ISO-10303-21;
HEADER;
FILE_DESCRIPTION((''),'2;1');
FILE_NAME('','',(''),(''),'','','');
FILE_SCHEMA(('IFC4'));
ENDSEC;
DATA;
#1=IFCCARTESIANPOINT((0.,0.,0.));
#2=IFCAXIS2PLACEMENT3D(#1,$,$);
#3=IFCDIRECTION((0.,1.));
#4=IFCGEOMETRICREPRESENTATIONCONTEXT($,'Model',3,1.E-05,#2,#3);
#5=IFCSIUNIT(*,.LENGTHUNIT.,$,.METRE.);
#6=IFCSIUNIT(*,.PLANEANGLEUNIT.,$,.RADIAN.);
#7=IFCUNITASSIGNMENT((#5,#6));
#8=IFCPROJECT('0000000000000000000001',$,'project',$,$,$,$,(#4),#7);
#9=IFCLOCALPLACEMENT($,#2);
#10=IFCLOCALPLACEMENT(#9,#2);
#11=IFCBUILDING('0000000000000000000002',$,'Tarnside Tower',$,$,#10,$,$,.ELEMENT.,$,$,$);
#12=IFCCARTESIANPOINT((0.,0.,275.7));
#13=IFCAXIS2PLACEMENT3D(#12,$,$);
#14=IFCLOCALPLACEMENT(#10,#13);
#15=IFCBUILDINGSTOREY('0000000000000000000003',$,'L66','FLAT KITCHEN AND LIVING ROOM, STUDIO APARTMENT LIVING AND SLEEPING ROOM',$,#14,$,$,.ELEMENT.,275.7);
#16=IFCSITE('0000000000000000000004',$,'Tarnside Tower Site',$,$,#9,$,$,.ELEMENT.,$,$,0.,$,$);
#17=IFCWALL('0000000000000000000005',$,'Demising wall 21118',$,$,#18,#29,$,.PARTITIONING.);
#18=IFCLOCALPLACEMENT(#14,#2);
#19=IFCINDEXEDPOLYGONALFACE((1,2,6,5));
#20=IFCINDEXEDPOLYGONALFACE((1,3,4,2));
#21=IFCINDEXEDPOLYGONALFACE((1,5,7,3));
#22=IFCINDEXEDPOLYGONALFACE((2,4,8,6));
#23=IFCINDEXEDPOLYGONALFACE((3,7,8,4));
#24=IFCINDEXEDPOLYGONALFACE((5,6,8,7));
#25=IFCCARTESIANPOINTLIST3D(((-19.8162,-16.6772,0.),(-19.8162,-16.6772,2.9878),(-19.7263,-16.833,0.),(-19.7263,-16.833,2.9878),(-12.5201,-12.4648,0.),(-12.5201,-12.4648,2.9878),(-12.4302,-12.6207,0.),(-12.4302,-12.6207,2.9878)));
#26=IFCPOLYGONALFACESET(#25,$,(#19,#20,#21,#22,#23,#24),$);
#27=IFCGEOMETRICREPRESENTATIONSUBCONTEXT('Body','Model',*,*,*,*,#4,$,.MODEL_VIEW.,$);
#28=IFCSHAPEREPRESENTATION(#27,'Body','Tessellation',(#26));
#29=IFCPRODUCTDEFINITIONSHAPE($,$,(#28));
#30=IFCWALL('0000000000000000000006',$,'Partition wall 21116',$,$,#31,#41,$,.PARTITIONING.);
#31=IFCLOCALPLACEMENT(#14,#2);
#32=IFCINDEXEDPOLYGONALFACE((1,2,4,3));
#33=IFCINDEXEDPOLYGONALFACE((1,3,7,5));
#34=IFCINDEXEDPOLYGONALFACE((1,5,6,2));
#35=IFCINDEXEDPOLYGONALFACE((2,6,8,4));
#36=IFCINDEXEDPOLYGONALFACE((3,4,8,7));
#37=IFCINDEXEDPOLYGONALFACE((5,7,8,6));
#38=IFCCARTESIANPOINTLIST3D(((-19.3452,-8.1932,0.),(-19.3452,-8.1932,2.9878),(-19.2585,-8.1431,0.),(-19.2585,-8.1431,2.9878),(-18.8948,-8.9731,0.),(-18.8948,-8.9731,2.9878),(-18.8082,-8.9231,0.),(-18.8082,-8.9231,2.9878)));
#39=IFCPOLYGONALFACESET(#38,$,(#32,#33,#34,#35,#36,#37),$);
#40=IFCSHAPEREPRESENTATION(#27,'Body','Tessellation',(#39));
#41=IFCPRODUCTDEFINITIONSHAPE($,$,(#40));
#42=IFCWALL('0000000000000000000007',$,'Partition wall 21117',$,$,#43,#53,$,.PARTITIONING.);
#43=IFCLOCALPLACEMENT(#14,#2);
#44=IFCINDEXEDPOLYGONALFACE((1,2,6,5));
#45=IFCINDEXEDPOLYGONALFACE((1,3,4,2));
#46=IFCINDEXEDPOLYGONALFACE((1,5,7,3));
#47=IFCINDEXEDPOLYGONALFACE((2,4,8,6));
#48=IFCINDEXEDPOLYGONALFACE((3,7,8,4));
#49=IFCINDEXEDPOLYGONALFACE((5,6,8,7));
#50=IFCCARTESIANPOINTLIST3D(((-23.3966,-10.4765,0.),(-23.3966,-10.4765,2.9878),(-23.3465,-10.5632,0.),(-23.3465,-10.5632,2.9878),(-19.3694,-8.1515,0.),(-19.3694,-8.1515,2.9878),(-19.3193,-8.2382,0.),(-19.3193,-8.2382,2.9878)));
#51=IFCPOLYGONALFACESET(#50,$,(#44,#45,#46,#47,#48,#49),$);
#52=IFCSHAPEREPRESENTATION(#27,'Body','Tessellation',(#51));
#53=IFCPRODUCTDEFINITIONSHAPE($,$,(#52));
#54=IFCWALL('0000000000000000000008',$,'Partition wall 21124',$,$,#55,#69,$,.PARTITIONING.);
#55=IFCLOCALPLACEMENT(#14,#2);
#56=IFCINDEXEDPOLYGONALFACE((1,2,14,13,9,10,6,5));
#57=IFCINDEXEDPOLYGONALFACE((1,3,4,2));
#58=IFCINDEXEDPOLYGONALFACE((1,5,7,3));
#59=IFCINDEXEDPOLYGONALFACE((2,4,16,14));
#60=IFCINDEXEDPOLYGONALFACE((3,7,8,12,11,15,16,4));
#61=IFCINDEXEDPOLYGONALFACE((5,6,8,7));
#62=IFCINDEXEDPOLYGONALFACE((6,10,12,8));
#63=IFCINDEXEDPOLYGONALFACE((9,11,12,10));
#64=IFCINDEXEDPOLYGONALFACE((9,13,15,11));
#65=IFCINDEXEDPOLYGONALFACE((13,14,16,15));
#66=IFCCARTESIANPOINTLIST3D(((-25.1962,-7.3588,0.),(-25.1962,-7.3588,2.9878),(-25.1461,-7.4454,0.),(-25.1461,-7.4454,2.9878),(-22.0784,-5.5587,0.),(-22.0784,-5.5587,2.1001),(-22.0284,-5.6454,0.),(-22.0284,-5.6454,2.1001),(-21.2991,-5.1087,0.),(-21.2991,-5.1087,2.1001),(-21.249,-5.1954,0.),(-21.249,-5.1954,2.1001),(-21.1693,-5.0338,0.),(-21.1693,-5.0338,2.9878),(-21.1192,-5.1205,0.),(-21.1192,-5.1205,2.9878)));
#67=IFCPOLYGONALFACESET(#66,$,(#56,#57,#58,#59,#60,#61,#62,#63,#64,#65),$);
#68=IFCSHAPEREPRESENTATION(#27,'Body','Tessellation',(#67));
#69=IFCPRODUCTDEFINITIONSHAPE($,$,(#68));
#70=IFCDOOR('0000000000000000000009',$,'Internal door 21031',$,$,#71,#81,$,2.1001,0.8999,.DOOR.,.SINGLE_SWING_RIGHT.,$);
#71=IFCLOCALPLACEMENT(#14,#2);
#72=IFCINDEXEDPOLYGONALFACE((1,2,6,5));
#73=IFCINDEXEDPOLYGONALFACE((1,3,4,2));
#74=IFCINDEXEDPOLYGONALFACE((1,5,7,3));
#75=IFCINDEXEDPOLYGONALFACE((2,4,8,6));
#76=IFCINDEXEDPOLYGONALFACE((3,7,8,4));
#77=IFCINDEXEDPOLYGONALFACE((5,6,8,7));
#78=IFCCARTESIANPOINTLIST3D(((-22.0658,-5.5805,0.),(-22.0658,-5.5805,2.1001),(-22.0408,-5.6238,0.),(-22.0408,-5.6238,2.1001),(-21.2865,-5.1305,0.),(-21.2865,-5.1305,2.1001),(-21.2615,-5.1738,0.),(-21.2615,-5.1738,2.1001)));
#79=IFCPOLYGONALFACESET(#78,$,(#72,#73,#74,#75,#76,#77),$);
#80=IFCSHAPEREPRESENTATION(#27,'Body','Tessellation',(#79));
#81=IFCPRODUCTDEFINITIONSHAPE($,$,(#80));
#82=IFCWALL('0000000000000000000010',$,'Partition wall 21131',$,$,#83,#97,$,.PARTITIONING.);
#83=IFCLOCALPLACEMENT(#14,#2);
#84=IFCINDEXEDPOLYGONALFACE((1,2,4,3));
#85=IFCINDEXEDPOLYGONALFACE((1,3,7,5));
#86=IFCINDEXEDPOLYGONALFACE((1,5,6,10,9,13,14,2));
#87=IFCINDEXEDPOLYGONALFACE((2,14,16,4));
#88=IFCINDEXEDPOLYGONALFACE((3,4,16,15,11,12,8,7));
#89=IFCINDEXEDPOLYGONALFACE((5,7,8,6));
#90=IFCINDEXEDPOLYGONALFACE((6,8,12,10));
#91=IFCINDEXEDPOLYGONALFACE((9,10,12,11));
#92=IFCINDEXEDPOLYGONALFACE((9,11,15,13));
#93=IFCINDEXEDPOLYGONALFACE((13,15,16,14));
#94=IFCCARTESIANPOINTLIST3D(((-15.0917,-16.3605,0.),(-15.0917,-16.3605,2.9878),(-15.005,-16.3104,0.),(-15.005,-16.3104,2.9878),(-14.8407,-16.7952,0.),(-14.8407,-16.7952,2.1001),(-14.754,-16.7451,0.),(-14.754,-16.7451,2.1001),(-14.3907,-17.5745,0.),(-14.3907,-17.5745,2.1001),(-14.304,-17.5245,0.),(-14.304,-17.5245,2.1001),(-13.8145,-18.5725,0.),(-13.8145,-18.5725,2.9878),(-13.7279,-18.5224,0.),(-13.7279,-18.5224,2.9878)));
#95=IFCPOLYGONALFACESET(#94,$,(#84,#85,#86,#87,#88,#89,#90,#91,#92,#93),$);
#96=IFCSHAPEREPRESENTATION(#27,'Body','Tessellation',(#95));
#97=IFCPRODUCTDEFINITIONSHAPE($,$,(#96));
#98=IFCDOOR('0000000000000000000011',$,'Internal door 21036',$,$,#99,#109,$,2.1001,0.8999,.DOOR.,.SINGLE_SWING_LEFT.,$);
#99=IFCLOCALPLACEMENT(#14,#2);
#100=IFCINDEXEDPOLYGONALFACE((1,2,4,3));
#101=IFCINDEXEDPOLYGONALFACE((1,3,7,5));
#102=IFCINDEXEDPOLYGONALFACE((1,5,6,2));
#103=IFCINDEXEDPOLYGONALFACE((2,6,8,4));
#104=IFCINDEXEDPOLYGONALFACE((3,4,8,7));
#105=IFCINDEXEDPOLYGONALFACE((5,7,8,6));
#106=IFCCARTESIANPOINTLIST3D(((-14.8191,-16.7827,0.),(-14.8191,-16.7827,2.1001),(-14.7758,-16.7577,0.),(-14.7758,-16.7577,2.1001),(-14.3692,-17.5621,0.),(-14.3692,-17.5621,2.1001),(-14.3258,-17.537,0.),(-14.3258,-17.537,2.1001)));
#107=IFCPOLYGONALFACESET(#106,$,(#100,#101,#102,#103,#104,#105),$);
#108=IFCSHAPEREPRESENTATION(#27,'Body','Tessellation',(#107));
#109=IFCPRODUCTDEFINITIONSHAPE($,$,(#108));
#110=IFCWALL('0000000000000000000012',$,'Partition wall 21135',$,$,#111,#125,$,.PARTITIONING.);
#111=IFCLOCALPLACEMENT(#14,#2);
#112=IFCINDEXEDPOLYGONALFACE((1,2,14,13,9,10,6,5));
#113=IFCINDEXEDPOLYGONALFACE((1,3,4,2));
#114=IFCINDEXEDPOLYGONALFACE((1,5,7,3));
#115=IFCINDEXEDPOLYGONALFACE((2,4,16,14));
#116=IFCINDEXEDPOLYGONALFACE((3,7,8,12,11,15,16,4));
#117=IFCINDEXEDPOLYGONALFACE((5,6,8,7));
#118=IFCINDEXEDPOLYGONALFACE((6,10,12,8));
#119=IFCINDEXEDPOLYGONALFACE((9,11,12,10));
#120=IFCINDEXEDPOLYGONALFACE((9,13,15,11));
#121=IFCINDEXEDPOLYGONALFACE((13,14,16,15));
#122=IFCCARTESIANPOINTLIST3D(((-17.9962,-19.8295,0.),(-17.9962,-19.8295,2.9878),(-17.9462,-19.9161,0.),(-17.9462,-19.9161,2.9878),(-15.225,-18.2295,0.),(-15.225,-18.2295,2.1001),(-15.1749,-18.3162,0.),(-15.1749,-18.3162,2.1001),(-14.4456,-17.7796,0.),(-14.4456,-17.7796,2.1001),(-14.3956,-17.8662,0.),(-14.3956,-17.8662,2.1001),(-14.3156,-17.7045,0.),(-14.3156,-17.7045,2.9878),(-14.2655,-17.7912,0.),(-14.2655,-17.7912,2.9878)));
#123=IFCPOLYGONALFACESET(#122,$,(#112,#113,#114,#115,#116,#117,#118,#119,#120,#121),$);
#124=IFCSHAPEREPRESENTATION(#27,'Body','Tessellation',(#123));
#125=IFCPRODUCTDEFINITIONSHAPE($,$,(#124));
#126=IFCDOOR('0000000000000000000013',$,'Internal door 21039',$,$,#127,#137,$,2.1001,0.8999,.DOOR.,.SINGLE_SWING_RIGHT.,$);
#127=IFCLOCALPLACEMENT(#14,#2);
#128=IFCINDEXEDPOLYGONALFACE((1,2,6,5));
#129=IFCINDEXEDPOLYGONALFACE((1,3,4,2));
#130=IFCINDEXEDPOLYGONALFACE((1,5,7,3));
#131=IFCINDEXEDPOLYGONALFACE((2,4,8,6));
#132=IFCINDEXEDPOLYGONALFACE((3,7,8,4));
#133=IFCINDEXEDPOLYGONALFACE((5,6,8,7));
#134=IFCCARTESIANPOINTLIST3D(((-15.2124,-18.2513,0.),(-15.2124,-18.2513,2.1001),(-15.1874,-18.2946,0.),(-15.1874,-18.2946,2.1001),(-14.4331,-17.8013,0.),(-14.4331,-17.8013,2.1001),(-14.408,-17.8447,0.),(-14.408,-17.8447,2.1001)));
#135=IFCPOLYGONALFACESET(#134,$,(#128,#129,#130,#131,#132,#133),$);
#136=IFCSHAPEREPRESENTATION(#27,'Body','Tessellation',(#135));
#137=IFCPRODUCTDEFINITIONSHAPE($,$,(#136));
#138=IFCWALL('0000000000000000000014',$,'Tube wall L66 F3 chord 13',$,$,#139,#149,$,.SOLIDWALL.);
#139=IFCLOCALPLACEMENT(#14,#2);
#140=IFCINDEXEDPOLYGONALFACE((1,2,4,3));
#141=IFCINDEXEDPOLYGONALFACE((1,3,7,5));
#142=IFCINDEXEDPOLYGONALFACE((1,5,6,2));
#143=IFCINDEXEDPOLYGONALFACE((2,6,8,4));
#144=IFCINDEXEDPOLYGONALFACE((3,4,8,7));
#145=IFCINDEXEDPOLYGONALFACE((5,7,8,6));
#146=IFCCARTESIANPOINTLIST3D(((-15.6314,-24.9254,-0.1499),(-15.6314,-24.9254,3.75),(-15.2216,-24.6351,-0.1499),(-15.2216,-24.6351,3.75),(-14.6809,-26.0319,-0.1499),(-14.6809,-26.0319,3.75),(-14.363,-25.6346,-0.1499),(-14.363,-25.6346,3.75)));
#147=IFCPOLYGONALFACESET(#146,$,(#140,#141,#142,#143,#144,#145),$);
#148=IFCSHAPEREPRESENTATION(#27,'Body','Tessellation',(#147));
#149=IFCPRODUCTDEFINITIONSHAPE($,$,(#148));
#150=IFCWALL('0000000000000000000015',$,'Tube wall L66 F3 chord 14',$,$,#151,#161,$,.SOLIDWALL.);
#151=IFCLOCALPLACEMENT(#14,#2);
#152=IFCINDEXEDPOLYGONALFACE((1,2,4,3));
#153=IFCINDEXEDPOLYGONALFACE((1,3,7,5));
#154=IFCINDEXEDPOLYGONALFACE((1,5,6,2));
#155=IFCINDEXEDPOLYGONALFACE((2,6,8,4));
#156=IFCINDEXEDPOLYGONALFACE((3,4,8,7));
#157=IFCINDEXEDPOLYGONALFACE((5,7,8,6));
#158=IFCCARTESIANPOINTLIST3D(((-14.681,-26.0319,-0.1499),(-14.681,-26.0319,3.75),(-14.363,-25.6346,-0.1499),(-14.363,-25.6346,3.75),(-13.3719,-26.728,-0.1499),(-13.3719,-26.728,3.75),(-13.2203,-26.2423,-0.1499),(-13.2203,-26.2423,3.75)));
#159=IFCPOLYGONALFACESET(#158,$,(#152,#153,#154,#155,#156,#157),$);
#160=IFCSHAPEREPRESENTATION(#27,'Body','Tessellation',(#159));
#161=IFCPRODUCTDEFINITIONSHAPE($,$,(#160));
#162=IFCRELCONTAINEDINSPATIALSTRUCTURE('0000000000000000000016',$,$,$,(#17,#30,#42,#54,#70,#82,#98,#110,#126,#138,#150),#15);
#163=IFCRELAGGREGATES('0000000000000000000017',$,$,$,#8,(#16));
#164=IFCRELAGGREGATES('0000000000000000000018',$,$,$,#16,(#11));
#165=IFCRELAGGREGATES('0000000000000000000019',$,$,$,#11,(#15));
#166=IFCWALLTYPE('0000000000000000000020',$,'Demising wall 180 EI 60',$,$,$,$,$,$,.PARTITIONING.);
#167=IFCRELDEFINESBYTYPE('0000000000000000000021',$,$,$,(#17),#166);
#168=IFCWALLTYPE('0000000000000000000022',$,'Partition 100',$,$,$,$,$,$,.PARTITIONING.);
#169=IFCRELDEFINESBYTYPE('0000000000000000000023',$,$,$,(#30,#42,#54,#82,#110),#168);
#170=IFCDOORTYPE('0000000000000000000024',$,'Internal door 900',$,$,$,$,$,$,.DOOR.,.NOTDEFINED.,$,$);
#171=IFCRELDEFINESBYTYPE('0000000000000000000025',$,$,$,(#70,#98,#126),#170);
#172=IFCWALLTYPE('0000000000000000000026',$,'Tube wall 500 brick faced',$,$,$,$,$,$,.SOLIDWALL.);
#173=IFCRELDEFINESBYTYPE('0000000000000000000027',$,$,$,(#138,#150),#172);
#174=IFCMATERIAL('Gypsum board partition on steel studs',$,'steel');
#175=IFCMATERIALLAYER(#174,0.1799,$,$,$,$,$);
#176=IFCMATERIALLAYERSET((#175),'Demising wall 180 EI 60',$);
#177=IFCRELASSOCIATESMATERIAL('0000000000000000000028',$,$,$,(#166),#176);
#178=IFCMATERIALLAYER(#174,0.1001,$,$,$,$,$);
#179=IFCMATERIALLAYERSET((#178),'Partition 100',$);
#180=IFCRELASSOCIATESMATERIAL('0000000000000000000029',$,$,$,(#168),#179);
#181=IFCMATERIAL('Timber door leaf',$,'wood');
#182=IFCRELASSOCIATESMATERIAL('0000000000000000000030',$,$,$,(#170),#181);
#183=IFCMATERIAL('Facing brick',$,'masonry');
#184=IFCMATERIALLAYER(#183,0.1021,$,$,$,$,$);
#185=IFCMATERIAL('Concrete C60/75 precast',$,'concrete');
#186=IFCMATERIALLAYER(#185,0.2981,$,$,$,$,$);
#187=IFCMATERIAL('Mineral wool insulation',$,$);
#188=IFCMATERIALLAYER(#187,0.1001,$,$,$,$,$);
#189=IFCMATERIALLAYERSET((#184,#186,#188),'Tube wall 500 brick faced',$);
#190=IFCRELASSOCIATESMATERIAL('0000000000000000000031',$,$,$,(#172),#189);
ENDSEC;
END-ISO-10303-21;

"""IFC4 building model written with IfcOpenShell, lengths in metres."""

from ifc_helpers import new_model, si_unit, direction, frame, frame_2d, origin, place, context, subcontext, project, spatial, polyline, rectangle, outline, extrude, material, layer, layer_set, type_object, element, fill, save


model = new_model("IFC4")

# Units and contexts
model_context = context("Model", 3, precision=1e-05, world=origin(), true_north=direction((0.0, 1.0)))
body_context = subcontext(model_context, "Body", "Model", "MODEL_VIEW")
ifc_project = project(units=[si_unit("LENGTHUNIT", "METRE"), si_unit("PLANEANGLEUNIT", "RADIAN")], contexts=[model_context])

# Site, building, storey
site_placement = place(None, origin())
site = spatial("IfcSite", under=ifc_project, at=site_placement, Name="Tarnside Tower Site", CompositionType="ELEMENT", RefElevation=0.0)
building_placement = place(site_placement, origin())
building = spatial("IfcBuilding", under=site, at=building_placement, Name="Tarnside Tower", CompositionType="ELEMENT")
storey_placement = place(building_placement, frame((0.0, 0.0, 275.7)))
storey = spatial("IfcBuildingStorey", under=building, at=storey_placement, Name="L66", Description="FLAT KITCHEN AND LIVING ROOM, STUDIO APARTMENT LIVING AND SLEEPING ROOM", CompositionType="ELEMENT", Elevation=275.7)

# Shared definitions
ifc_material_1 = material(Name="Gypsum board partition on steel studs", Category="steel")
ifc_material_2 = material(Name="Timber door leaf", Category="wood")

# Walls
ifc_layer_1 = layer(ifc_material_1, 0.1799)
ifc_layer_set_1 = layer_set([ifc_layer_1], Name="Demising wall 180 EI 60")
wall_type_1 = type_object("IfcWallType", Name="Demising wall 180 EI 60", PredefinedType="PARTITIONING", material=ifc_layer_set_1)
wall_1_placement = place(storey_placement, frame((-19.7712, -16.7551, 0.0), z_axis=(0.0, 0.0, 1.0), x_axis=(0.866027, 0.499998, 0.0)))
element("IfcWall", 1, at=wall_1_placement, inside=storey, type_object=wall_type_1, Name="Demising wall 21118", PredefinedType="PARTITIONING", context=body_context, shape_type="SweptSolid", body=[
    extrude(rectangle(XDim=8.4248, YDim=0.1799, at=frame_2d((4.2124, 0.0))), origin(), (0.0, 0.0, 1.0), 2.9878),
])
ifc_layer_2 = layer(ifc_material_1, 0.1001)
ifc_layer_set_2 = layer_set([ifc_layer_2], Name="Partition 100")
wall_type_2 = type_object("IfcWallType", Name="Partition 100", PredefinedType="PARTITIONING", material=ifc_layer_set_2)
wall_2_placement = place(storey_placement, frame((-18.8516, -8.948, 0.0), z_axis=(0.0, 0.0, 1.0), x_axis=(-0.500074, 0.865982, 0.0)))
element("IfcWall", 2, at=wall_2_placement, inside=storey, type_object=wall_type_2, Name="Partition wall 21116", PredefinedType="PARTITIONING", context=body_context, shape_type="SweptSolid", body=[
    extrude(rectangle(XDim=0.9006, YDim=0.1001, at=frame_2d((0.4502, 0.0))), origin(), (0.0, 0.0, 1.0), 2.9878),
])
wall_3_placement = place(storey_placement, frame((-19.3442, -8.1948, 0.0), z_axis=(0.0, 0.0, 1.0), x_axis=(-0.866034, -0.499985, 0.0)))
element("IfcWall", 3, at=wall_3_placement, inside=storey, type_object=wall_type_2, Name="Partition wall 21117", PredefinedType="PARTITIONING", context=body_context, shape_type="SweptSolid", body=[
    extrude(rectangle(XDim=4.6501, YDim=0.1001, at=frame_2d((2.3252, 0.0))), origin(), (0.0, 0.0, 1.0), 2.9878),
])

# Walls, openings, doors
wall_4_placement = place(storey_placement, frame((-25.1711, -7.4021, 0.0), z_axis=(0.0, 0.0, 1.0), x_axis=(0.866021, 0.500007, 0.0)))
wall_4 = element("IfcWall", 4, at=wall_4_placement, inside=storey, type_object=wall_type_2, Name="Partition wall 21124", PredefinedType="PARTITIONING", context=body_context, shape_type="SweptSolid", body=[
    extrude(rectangle(XDim=4.6499, YDim=0.1001, at=frame_2d((2.325, 0.0))), origin(), (0.0, 0.0, 1.0), 2.9878),
])
opening_1_placement = place(wall_4_placement, frame((3.6001, 0.0, 0.0)))
opening_1 = element("IfcOpeningElement", 5, at=opening_1_placement, cuts=wall_4, PredefinedType="OPENING", context=body_context, shape_type="SweptSolid", body=[
    extrude(rectangle(XDim=0.8999, YDim=2.1001, at=frame_2d((0.45, 1.05))), frame((0.0, 0.0601, 0.0), z_axis=(0.0, -1.0, 0.0), x_axis=(1.0, 0.0, 0.0)), (0.0, 0.0, 1.0), 0.1201),
])
door_type_1 = type_object("IfcDoorType", Name="Internal door 900", OperationType="NOTDEFINED", PredefinedType="DOOR", material=ifc_material_2)
door_1_placement = place(opening_1_placement, origin())
door_1 = element("IfcDoor", 6, at=door_1_placement, inside=storey, type_object=door_type_1, Name="Internal door 21031", OperationType="SINGLE_SWING_RIGHT", OverallHeight=2.1001, OverallWidth=0.8999, PredefinedType="DOOR", context=body_context, shape_type="SweptSolid", body=[
    extrude(rectangle(XDim=0.8999, YDim=2.1001, at=frame_2d((0.45, 1.05))), frame((0.0, 0.0249, 0.0), z_axis=(0.0, -1.0, 0.0), x_axis=(1.0, 0.0, 0.0)), (0.0, 0.0, 1.0), 0.05),
])
fill(opening_1, door_1)
wall_5_placement = place(storey_placement, frame((-15.0483, -16.3354, 0.0), z_axis=(0.0, 0.0, 1.0), x_axis=(0.500015, -0.866017, 0.0)))
wall_5 = element("IfcWall", 7, at=wall_5_placement, inside=storey, type_object=wall_type_2, Name="Partition wall 21131", PredefinedType="PARTITIONING", context=body_context, shape_type="SweptSolid", body=[
    extrude(rectangle(XDim=2.5542, YDim=0.1001, at=frame_2d((1.2771, 0.0))), origin(), (0.0, 0.0, 1.0), 2.9878),
])
opening_2_placement = place(wall_5_placement, frame((0.502, 0.0, 0.0)))
opening_2 = element("IfcOpeningElement", 8, at=opening_2_placement, cuts=wall_5, PredefinedType="OPENING", context=body_context, shape_type="SweptSolid", body=[
    extrude(rectangle(XDim=0.8999, YDim=2.1001, at=frame_2d((0.45, 1.05))), frame((0.0, 0.0601, 0.0), z_axis=(0.0, -1.0, 0.0), x_axis=(1.0, 0.0, 0.0)), (0.0, 0.0, 1.0), 0.1201),
])
door_2_placement = place(opening_2_placement, origin())
door_2 = element("IfcDoor", 9, at=door_2_placement, inside=storey, type_object=door_type_1, Name="Internal door 21036", OperationType="SINGLE_SWING_LEFT", OverallHeight=2.1001, OverallWidth=0.8999, PredefinedType="DOOR", context=body_context, shape_type="SweptSolid", body=[
    extrude(rectangle(XDim=0.8999, YDim=2.1001, at=frame_2d((0.45, 1.05))), frame((0.0, 0.0249, 0.0), z_axis=(0.0, -1.0, 0.0), x_axis=(1.0, 0.0, 0.0)), (0.0, 0.0, 1.0), 0.05),
])
fill(opening_2, door_2)
wall_6_placement = place(storey_placement, frame((-17.9712, -19.8728, 0.0), z_axis=(0.0, 0.0, 1.0), x_axis=(0.866029, 0.499994, 0.0)))
wall_6 = element("IfcWall", 10, at=wall_6_placement, inside=storey, type_object=wall_type_2, Name="Partition wall 21135", PredefinedType="PARTITIONING", context=body_context, shape_type="SweptSolid", body=[
    extrude(rectangle(XDim=4.25, YDim=0.1001, at=frame_2d((2.125, 0.0))), origin(), (0.0, 0.0, 1.0), 2.9878),
])
opening_3_placement = place(wall_6_placement, frame((3.2, 0.0, 0.0)))
opening_3 = element("IfcOpeningElement", 11, at=opening_3_placement, cuts=wall_6, PredefinedType="OPENING", context=body_context, shape_type="SweptSolid", body=[
    extrude(rectangle(XDim=0.8999, YDim=2.1001, at=frame_2d((0.45, 1.05))), frame((0.0, 0.0601, 0.0), z_axis=(0.0, -1.0, 0.0), x_axis=(1.0, 0.0, 0.0)), (0.0, 0.0, 1.0), 0.1201),
])
door_3_placement = place(opening_3_placement, origin())
door_3 = element("IfcDoor", 12, at=door_3_placement, inside=storey, type_object=door_type_1, Name="Internal door 21039", OperationType="SINGLE_SWING_RIGHT", OverallHeight=2.1001, OverallWidth=0.8999, PredefinedType="DOOR", context=body_context, shape_type="SweptSolid", body=[
    extrude(rectangle(XDim=0.8999, YDim=2.1001, at=frame_2d((0.45, 1.05))), frame((0.0, 0.0249, 0.0), z_axis=(0.0, -1.0, 0.0), x_axis=(1.0, 0.0, 0.0)), (0.0, 0.0, 1.0), 0.05),
])
fill(opening_3, door_3)

# Walls
ifc_material_3 = material(Name="Facing brick", Category="masonry")
ifc_layer_3 = layer(ifc_material_3, 0.1021)
ifc_material_4 = material(Name="Concrete C60/75 precast", Category="concrete")
ifc_layer_4 = layer(ifc_material_4, 0.2981)
ifc_material_5 = material(Name="Mineral wool insulation")
ifc_layer_5 = layer(ifc_material_5, 0.1001)
ifc_layer_set_3 = layer_set([ifc_layer_3, ifc_layer_4, ifc_layer_5], Name="Tube wall 500 brick faced")
wall_type_3 = type_object("IfcWallType", Name="Tube wall 500 brick faced", PredefinedType="SOLIDWALL", material=ifc_layer_set_3)
wall_7_placement = place(storey_placement, frame((-15.4265, -24.7803, -0.1499), z_axis=(0.0, 0.0, 1.0), x_axis=(0.651617, -0.758549, 0.0)))
element("IfcWall", 13, at=wall_7_placement, inside=storey, type_object=wall_type_3, Name="Tube wall L66 F3 chord 13", PredefinedType="SOLIDWALL", context=body_context, shape_type="SweptSolid", body=[
    extrude(outline(polyline([(-0.0234, -0.25), (1.4353, -0.25), (1.3411, 0.25), (0.0234, 0.25), (-0.0234, -0.25)])), origin(), (0.0, 0.0, 1.0), 3.8999),
])
wall_8_placement = place(storey_placement, frame((-14.522, -25.8333, -0.1499), z_axis=(0.0, 0.0, 1.0), x_axis=(0.882927, -0.469511, 0.0)))
element("IfcWall", 14, at=wall_8_placement, inside=storey, type_object=wall_type_3, Name="Tube wall L66 F3 chord 14", PredefinedType="SOLIDWALL", context=body_context, shape_type="SweptSolid", body=[
    extrude(outline(polyline([(-0.0471, -0.25), (1.4355, -0.25), (1.3413, 0.25), (0.0471, 0.25), (-0.0471, -0.25)])), origin(), (0.0, 0.0, 1.0), 3.8999),
])

save(model, "model.ifc")
